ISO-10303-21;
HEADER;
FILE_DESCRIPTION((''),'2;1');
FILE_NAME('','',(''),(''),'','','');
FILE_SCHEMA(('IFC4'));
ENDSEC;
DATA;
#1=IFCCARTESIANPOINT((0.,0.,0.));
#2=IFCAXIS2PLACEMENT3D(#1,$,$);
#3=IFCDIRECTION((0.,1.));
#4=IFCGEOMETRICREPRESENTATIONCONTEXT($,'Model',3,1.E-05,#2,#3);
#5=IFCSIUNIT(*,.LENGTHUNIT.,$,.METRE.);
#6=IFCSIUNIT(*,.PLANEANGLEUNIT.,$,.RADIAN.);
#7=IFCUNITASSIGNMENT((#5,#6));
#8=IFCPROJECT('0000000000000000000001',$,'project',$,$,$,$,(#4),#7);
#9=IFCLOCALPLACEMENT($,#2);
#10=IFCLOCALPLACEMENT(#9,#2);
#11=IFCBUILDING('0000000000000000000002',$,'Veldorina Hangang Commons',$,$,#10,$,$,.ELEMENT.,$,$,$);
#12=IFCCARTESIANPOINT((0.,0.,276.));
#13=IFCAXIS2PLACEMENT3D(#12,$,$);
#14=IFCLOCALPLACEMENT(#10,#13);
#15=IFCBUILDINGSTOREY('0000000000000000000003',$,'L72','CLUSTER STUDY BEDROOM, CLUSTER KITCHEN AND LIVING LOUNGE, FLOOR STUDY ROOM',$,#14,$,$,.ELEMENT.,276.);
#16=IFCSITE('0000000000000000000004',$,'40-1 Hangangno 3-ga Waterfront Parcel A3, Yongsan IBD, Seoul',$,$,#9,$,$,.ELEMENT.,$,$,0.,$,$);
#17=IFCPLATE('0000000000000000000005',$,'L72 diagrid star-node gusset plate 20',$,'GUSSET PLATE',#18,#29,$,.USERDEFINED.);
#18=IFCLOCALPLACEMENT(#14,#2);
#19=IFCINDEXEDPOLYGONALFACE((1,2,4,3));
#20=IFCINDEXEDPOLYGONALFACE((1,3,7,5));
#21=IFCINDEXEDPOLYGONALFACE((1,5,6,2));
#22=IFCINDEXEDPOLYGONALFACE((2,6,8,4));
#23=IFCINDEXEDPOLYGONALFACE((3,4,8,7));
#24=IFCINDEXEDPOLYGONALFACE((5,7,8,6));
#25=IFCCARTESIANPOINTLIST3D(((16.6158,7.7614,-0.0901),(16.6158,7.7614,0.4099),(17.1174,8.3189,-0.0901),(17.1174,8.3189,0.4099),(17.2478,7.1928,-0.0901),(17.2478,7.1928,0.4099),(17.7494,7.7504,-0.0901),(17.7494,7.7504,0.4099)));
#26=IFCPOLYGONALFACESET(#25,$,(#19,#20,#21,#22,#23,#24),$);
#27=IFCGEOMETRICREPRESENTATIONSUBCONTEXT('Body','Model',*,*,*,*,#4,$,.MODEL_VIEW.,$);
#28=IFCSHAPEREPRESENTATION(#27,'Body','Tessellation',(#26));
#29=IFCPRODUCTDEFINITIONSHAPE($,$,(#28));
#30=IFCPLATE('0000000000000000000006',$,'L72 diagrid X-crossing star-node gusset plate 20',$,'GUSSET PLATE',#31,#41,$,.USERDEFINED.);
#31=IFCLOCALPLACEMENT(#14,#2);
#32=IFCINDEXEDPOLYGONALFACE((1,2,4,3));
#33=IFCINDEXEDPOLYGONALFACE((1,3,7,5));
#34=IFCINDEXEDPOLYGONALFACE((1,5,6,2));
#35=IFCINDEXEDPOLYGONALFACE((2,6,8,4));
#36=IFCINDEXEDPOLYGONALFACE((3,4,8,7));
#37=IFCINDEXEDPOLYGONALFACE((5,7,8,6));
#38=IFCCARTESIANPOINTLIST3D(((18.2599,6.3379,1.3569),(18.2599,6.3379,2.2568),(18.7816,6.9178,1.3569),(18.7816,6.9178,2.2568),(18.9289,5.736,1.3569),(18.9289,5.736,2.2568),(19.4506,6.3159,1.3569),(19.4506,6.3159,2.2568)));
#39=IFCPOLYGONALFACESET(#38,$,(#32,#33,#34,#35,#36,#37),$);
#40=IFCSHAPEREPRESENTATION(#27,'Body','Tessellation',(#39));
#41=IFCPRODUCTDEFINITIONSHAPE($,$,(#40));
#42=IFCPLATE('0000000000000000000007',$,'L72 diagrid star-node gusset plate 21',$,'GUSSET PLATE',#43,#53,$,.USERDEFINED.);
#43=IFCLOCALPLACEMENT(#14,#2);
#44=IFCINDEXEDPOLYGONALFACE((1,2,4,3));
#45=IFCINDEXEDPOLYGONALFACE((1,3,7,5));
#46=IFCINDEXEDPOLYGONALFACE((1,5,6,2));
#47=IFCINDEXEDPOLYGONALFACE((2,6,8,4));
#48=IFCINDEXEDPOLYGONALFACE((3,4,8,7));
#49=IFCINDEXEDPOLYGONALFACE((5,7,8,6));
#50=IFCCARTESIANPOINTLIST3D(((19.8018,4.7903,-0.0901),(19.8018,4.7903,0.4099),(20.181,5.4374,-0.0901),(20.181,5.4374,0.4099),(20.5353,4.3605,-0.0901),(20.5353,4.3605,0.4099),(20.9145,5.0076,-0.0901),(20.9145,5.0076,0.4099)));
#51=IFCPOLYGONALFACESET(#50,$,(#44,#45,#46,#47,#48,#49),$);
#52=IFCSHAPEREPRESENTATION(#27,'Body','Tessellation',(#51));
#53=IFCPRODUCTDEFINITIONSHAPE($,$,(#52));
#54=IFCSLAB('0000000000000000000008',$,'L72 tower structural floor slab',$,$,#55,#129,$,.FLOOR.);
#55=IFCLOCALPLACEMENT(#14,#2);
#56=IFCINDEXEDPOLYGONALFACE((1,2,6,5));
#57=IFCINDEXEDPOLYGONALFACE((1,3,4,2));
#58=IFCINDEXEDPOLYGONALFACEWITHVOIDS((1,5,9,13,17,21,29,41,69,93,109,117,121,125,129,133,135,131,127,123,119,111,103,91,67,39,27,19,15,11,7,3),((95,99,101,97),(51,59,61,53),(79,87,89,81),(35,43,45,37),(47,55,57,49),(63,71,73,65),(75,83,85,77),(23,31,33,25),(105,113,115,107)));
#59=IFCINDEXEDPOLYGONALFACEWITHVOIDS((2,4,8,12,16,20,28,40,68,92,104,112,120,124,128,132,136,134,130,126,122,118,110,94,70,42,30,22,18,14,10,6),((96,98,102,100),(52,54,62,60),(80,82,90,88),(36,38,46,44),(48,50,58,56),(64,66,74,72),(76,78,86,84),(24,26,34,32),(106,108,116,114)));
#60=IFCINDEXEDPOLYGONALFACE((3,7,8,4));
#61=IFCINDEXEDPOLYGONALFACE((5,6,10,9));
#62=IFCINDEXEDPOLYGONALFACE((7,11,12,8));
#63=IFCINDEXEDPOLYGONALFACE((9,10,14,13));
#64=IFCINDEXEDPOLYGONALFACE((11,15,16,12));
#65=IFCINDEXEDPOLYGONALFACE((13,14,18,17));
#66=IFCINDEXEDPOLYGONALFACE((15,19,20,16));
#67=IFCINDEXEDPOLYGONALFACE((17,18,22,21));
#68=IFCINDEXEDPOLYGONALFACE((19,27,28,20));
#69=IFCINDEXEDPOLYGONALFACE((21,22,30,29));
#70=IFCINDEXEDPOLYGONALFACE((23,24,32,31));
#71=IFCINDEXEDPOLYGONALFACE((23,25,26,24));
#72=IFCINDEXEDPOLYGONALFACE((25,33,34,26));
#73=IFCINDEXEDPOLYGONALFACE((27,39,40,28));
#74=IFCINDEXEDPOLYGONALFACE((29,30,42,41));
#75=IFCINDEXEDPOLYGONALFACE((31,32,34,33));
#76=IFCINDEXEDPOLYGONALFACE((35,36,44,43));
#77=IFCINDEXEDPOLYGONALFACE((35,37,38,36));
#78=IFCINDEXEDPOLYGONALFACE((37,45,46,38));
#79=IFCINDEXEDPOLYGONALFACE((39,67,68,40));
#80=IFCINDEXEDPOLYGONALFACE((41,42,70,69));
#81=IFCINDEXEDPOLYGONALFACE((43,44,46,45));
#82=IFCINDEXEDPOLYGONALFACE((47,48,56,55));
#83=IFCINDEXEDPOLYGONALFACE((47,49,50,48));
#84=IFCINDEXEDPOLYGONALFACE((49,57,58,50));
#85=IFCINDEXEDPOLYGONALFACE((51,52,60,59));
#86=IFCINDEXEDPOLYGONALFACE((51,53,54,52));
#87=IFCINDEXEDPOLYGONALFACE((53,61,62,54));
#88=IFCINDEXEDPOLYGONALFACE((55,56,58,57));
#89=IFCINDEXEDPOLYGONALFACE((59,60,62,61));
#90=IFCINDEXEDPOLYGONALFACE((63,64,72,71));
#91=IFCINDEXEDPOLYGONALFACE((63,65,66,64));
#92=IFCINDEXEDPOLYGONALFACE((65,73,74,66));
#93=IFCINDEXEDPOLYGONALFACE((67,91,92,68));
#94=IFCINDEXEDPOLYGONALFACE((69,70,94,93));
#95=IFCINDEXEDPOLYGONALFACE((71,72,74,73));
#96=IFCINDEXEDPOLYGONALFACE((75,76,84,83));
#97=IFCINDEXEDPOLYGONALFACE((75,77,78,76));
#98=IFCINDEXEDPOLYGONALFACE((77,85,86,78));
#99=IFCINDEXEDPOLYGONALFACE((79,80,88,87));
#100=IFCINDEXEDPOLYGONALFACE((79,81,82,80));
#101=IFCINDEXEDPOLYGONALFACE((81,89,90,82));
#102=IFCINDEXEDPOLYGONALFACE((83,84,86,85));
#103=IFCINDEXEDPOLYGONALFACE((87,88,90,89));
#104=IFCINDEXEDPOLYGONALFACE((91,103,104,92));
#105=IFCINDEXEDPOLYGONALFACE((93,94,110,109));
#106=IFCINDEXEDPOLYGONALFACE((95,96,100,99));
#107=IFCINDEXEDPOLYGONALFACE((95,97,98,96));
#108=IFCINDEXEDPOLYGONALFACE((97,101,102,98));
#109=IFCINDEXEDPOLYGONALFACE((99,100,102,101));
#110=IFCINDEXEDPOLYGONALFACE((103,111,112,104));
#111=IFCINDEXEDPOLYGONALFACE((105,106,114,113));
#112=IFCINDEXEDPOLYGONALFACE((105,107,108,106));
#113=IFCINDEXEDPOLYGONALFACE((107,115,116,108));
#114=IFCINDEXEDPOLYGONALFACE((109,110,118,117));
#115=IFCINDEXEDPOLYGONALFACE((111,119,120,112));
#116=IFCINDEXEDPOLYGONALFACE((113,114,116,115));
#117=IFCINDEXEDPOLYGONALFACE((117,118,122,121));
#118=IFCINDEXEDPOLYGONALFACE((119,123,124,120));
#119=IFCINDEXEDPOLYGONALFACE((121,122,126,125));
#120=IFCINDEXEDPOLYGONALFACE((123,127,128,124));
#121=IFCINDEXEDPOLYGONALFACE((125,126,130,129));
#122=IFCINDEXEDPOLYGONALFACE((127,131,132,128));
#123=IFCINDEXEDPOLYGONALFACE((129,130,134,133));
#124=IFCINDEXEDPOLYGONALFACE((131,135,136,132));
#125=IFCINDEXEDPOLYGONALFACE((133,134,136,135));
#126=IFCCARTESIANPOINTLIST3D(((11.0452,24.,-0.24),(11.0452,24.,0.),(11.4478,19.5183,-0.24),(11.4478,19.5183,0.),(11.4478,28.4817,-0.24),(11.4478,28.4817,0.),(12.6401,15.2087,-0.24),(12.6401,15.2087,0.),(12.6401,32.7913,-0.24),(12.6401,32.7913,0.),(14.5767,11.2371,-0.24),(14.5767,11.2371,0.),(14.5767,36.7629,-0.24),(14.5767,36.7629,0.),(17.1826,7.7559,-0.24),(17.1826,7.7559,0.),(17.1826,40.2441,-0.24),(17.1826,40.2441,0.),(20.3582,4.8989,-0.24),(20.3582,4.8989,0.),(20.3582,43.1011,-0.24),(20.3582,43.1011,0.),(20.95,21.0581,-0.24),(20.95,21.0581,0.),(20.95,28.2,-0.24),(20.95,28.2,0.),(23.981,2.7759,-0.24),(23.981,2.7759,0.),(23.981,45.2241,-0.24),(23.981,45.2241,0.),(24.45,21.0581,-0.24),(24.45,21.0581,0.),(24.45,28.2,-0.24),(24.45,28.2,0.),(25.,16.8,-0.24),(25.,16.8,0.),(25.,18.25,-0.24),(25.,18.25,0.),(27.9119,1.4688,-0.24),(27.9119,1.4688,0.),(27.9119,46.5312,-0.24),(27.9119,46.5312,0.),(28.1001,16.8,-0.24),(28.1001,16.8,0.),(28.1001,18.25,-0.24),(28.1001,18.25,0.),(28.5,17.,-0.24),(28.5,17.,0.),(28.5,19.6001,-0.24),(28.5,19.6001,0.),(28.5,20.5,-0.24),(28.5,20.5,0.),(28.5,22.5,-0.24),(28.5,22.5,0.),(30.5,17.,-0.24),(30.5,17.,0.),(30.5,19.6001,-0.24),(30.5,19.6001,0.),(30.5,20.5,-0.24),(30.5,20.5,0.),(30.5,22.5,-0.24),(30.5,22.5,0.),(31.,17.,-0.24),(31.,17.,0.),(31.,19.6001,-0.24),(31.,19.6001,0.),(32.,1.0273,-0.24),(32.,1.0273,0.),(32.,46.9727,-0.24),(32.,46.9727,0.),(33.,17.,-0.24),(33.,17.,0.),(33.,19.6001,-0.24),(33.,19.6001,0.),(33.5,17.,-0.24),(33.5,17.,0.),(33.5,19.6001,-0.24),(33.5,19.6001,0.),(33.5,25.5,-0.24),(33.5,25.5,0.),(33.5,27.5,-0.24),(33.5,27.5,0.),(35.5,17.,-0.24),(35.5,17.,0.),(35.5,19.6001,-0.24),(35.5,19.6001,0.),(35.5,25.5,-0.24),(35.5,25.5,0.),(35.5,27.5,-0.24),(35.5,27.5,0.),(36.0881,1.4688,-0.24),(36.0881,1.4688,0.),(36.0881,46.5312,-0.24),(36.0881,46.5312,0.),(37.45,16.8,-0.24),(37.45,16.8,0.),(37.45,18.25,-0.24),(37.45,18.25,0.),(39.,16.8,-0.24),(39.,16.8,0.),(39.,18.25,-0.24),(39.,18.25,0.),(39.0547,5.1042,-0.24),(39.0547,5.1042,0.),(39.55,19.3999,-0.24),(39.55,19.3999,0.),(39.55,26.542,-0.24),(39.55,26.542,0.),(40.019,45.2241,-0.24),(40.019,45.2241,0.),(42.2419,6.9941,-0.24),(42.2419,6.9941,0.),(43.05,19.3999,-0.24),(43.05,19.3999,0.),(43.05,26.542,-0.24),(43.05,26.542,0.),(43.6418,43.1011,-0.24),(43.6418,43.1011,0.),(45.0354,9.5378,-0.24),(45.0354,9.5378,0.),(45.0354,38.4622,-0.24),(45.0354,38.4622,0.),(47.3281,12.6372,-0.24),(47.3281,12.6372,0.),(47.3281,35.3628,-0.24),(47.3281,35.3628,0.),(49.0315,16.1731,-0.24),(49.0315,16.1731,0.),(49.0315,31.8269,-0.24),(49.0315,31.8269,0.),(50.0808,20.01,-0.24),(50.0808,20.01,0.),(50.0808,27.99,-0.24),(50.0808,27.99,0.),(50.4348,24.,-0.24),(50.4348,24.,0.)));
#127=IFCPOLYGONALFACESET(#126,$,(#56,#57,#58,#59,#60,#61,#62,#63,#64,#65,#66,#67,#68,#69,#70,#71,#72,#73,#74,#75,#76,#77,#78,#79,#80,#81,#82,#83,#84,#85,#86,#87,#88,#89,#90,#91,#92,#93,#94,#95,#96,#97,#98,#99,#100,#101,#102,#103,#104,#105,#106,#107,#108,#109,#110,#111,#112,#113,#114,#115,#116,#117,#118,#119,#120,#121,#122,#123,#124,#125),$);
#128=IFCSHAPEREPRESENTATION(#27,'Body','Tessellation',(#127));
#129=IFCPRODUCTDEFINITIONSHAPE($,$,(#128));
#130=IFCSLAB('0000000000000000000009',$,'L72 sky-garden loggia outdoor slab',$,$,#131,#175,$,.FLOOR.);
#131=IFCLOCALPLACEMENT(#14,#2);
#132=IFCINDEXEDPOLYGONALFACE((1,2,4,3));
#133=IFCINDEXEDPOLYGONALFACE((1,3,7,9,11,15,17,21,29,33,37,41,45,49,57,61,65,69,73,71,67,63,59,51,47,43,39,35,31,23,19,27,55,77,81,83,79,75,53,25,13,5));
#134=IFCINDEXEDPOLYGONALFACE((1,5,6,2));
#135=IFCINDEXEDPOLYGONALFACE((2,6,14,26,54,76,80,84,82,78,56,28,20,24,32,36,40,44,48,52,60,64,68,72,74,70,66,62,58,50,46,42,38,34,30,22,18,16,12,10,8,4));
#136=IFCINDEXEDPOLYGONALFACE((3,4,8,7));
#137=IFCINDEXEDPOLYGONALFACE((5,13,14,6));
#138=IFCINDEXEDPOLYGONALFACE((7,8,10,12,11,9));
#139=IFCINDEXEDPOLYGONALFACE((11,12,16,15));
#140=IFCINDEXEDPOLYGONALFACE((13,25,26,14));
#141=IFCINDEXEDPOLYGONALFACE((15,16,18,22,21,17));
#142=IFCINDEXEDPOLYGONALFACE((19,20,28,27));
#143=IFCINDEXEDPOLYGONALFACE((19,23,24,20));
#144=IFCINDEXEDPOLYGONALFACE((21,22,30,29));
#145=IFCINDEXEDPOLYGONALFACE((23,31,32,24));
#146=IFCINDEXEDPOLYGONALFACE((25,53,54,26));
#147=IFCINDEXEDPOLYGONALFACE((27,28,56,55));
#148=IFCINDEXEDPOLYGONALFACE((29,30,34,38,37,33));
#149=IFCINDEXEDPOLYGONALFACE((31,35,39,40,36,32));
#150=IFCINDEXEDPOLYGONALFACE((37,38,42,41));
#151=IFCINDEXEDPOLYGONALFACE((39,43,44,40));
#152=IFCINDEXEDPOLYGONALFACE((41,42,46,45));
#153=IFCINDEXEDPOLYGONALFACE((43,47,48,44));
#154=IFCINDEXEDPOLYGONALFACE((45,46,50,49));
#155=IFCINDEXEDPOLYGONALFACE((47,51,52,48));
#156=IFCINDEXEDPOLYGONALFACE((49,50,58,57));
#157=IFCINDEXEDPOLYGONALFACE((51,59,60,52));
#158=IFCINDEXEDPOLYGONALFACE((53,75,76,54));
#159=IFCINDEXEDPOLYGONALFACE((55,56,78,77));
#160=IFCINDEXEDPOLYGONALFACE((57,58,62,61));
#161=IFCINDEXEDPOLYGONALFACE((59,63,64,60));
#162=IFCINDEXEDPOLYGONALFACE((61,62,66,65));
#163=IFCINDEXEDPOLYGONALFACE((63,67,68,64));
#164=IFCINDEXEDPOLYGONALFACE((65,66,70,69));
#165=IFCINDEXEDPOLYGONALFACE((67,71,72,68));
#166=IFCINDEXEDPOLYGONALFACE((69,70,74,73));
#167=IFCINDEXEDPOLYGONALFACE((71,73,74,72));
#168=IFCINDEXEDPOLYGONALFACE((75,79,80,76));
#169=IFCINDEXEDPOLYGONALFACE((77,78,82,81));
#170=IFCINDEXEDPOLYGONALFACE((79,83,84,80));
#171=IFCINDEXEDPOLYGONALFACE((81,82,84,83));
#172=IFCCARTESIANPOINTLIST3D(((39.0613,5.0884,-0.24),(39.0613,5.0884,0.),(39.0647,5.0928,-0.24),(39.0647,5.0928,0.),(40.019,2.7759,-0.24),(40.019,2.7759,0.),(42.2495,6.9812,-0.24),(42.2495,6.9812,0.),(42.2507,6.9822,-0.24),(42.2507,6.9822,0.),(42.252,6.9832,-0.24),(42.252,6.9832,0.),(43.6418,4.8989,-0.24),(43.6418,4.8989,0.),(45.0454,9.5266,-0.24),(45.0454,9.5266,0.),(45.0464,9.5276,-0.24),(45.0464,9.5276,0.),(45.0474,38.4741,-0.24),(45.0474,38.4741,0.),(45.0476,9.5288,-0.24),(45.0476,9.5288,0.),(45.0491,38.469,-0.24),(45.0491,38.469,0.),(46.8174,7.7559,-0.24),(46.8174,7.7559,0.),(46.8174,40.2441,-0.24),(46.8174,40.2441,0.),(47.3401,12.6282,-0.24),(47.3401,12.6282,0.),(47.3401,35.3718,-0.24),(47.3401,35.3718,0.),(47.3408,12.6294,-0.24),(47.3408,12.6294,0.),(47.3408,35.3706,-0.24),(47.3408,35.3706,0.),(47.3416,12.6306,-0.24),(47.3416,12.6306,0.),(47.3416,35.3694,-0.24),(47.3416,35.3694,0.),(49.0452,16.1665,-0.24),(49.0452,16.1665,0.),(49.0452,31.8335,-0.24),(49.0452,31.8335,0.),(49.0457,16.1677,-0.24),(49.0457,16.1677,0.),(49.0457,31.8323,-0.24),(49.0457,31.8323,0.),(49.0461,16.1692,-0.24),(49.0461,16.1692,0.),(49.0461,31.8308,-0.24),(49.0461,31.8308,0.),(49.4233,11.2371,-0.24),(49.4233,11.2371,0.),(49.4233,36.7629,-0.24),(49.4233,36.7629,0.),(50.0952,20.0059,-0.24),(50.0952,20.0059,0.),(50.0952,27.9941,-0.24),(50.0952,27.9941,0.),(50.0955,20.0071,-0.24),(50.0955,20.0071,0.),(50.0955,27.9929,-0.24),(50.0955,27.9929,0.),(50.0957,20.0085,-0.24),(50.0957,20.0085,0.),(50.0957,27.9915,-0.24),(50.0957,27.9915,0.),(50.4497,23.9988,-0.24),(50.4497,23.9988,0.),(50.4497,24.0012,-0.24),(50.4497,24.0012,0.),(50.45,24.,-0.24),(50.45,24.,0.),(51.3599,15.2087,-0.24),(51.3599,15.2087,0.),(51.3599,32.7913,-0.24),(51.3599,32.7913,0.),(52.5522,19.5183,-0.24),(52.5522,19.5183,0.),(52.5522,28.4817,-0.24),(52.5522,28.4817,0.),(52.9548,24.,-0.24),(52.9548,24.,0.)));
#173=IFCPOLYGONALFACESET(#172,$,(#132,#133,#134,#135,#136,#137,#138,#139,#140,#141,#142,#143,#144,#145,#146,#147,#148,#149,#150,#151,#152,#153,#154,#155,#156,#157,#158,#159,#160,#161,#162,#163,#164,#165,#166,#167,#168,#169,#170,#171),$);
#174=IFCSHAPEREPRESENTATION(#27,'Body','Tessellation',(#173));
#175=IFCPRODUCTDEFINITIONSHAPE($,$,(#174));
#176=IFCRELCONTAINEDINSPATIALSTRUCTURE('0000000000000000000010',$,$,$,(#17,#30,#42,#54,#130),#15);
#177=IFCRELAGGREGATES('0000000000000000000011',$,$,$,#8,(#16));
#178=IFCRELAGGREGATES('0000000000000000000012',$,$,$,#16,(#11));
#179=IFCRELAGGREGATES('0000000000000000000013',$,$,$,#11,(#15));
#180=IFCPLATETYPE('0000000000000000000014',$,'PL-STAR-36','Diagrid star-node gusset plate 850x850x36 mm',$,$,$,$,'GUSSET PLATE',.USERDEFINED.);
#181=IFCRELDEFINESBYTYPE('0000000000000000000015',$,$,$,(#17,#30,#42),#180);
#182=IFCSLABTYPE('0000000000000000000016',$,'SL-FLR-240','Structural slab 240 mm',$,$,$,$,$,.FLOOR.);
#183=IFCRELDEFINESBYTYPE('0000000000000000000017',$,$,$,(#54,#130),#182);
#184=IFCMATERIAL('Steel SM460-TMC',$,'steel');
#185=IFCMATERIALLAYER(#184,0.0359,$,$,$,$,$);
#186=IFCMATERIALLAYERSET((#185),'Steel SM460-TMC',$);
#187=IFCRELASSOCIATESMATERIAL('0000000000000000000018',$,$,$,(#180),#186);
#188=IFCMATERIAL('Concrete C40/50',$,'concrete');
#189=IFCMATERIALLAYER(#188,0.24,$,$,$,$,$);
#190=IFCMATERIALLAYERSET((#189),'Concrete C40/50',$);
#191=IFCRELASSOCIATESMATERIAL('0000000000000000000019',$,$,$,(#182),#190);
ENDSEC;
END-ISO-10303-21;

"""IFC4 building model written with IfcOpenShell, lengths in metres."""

from ifc_helpers import new_model, si_unit, direction, frame, origin, origin_2d, place, context, subcontext, project, spatial, polyline, rectangle, outline, extrude, material, layer, layer_set, type_object, element, save


model = new_model("IFC4")

# Units and contexts
model_context = context("Model", 3, precision=1e-05, world=origin(), true_north=direction((0.0, 1.0)))
body_context = subcontext(model_context, "Body", "Model", "MODEL_VIEW")
ifc_project = project(units=[si_unit("LENGTHUNIT", "METRE"), si_unit("PLANEANGLEUNIT", "RADIAN")], contexts=[model_context])

# Site, building, storey
site_placement = place(None, origin())
site = spatial("IfcSite", under=ifc_project, at=site_placement, Name="40-1 Hangangno 3-ga Waterfront Parcel A3, Yongsan IBD, Seoul", CompositionType="ELEMENT", RefElevation=0.0)
building_placement = place(site_placement, origin())
building = spatial("IfcBuilding", under=site, at=building_placement, Name="Veldorina Hangang Commons", CompositionType="ELEMENT")
storey_placement = place(building_placement, frame((0.0, 0.0, 276.0)))
storey = spatial("IfcBuildingStorey", under=building, at=storey_placement, Name="L72", Description="CLUSTER STUDY BEDROOM, CLUSTER KITCHEN AND LIVING LOUNGE, FLOOR STUDY ROOM", CompositionType="ELEMENT", Elevation=276.0)

# Plates
ifc_material_1 = material(Name="Steel SM460-TMC", Category="steel")
ifc_layer_1 = layer(ifc_material_1, 0.0359)
ifc_layer_set_1 = layer_set([ifc_layer_1], Name="Steel SM460-TMC")
plate_type = type_object("IfcPlateType", Name="PL-STAR-36", Description="Diagrid star-node gusset plate 850x850x36 mm", ElementType="GUSSET PLATE", PredefinedType="USERDEFINED", material=ifc_layer_set_1)
for number, where, z_axis, x_axis, name in (
    (1, (17.1826, 7.7559, -0.0901), (0.0, 0.0, 1.0), (0.743413, -0.668832, 0.0), "L72 diagrid star-node gusset plate 20"),
):
    element("IfcPlate", number, at=place(storey_placement, frame(where, z_axis=z_axis, x_axis=x_axis)), inside=storey, type_object=plate_type, Name=name, ObjectType="GUSSET PLATE", PredefinedType="USERDEFINED", context=body_context, shape_type="SweptSolid", body=[
        extrude(rectangle(XDim=0.8501, YDim=0.75, at=origin_2d()), origin(), (0.0, 0.0, 1.0), 0.5),
    ])
plate_1_placement = place(storey_placement, frame((18.8552, 6.3269, 1.3569), z_axis=(0.0, 0.0, 1.0), x_axis=(0.743413, -0.668832, 0.0)))
element("IfcPlate", 2, at=plate_1_placement, inside=storey, type_object=plate_type, Name="L72 diagrid X-crossing star-node gusset plate 20", ObjectType="GUSSET PLATE", PredefinedType="USERDEFINED", context=body_context, shape_type="SweptSolid", body=[
    extrude(rectangle(XDim=0.8999, YDim=0.78, at=origin_2d()), origin(), (0.0, 0.0, 1.0), 0.8999),
])
plate_2_placement = place(storey_placement, frame((20.3582, 4.8989, -0.0901), z_axis=(0.0, 0.0, 1.0), x_axis=(0.862779, -0.505582, 0.0)))
element("IfcPlate", 3, at=plate_2_placement, inside=storey, type_object=plate_type, Name="L72 diagrid star-node gusset plate 21", ObjectType="GUSSET PLATE", PredefinedType="USERDEFINED", context=body_context, shape_type="SweptSolid", body=[
    extrude(rectangle(XDim=0.8501, YDim=0.75, at=origin_2d()), origin(), (0.0, 0.0, 1.0), 0.5),
])

# Slabs
ifc_material_2 = material(Name="Concrete C40/50", Category="concrete")
ifc_layer_2 = layer(ifc_material_2, 0.24)
ifc_layer_set_2 = layer_set([ifc_layer_2], Name="Concrete C40/50")
slab_type_1 = type_object("IfcSlabType", Name="SL-FLR-240", Description="Structural slab 240 mm", PredefinedType="FLOOR", material=ifc_layer_set_2)
slab_1_placement = place(storey_placement, frame((0.0, 0.0, -0.24)))
element("IfcSlab", 4, at=slab_1_placement, inside=storey, type_object=slab_type_1, Name="L72 tower structural floor slab", PredefinedType="FLOOR", context=body_context, shape_type="SweptSolid", body=[
    extrude(outline(polyline([(50.4348, 24.0), (50.0808, 27.99), (49.0315, 31.8269), (47.3281, 35.3628), (45.0354, 38.4622), (43.6418, 43.1011), (40.019, 45.2241), (36.0881, 46.5312), (32.0, 46.9727), (27.9119, 46.5312), (23.981, 45.2241), (20.3582, 43.1011), (17.1826, 40.2441), (14.5767, 36.7629), (12.6401, 32.7913), (11.4478, 28.4817), (11.0452, 24.0), (11.4478, 19.5183), (12.6401, 15.2087), (14.5767, 11.2371), (17.1826, 7.7559), (20.3582, 4.8989), (23.981, 2.7759), (27.9119, 1.4688), (32.0, 1.0273), (36.0881, 1.4688), (39.0547, 5.1042), (42.2419, 6.9941), (45.0354, 9.5378), (47.3281, 12.6372), (49.0315, 16.1731), (50.0808, 20.01), (50.4348, 24.0)]), holes=[polyline([(20.95, 21.0581), (20.95, 28.2), (24.45, 28.2), (24.45, 21.0581), (20.95, 21.0581)]), polyline([(43.05, 26.542), (43.05, 19.3999), (39.55, 19.3999), (39.55, 26.542), (43.05, 26.542)]), polyline([(33.5, 27.5), (35.5, 27.5), (35.5, 25.5), (33.5, 25.5), (33.5, 27.5)]), polyline([(28.5, 22.5), (30.5, 22.5), (30.5, 20.5), (28.5, 20.5), (28.5, 22.5)]), polyline([(28.5, 19.6001), (30.5, 19.6001), (30.5, 17.0), (28.5, 17.0), (28.5, 19.6001)]), polyline([(31.0, 19.6001), (33.0, 19.6001), (33.0, 17.0), (31.0, 17.0), (31.0, 19.6001)]), polyline([(33.5, 19.6001), (35.5, 19.6001), (35.5, 17.0), (33.5, 17.0), (33.5, 19.6001)]), polyline([(25.0, 18.25), (28.1001, 18.25), (28.1001, 16.8), (25.0, 16.8), (25.0, 18.25)]), polyline([(37.45, 18.25), (39.0, 18.25), (39.0, 16.8), (37.45, 16.8), (37.45, 18.25)])]), origin(), (0.0, 0.0, 1.0), 0.24),
])
slab_2_placement = place(storey_placement, frame((0.0, 0.0, -0.24)))
element("IfcSlab", 5, at=slab_2_placement, inside=storey, type_object=slab_type_1, Name="L72 sky-garden loggia outdoor slab", PredefinedType="FLOOR", context=body_context, shape_type="SweptSolid", body=[
    extrude(outline(polyline([(46.8174, 40.2441), (49.4233, 36.7629), (51.3599, 32.7913), (52.5522, 28.4817), (52.9548, 24.0), (52.5522, 19.5183), (51.3599, 15.2087), (49.4233, 11.2371), (46.8174, 7.7559), (43.6418, 4.8989), (40.019, 2.7759), (39.0613, 5.0884), (39.0647, 5.0928), (42.2495, 6.9812), (42.2507, 6.9822), (42.252, 6.9832), (45.0454, 9.5266), (45.0464, 9.5276), (45.0476, 9.5288), (47.3401, 12.6282), (47.3408, 12.6294), (47.3416, 12.6306), (49.0452, 16.1665), (49.0457, 16.1677), (49.0461, 16.1692), (50.0952, 20.0059), (50.0955, 20.0071), (50.0957, 20.0085), (50.4497, 23.9988), (50.45, 24.0), (50.4497, 24.0012), (50.0957, 27.9915), (50.0955, 27.9929), (50.0952, 27.9941), (49.0461, 31.8308), (49.0457, 31.8323), (49.0452, 31.8335), (47.3416, 35.3694), (47.3408, 35.3706), (47.3401, 35.3718), (45.0491, 38.469), (45.0474, 38.4741), (46.8174, 40.2441)])), origin(), (0.0, 0.0, 1.0), 0.24),
])

save(model, "model.ifc")
